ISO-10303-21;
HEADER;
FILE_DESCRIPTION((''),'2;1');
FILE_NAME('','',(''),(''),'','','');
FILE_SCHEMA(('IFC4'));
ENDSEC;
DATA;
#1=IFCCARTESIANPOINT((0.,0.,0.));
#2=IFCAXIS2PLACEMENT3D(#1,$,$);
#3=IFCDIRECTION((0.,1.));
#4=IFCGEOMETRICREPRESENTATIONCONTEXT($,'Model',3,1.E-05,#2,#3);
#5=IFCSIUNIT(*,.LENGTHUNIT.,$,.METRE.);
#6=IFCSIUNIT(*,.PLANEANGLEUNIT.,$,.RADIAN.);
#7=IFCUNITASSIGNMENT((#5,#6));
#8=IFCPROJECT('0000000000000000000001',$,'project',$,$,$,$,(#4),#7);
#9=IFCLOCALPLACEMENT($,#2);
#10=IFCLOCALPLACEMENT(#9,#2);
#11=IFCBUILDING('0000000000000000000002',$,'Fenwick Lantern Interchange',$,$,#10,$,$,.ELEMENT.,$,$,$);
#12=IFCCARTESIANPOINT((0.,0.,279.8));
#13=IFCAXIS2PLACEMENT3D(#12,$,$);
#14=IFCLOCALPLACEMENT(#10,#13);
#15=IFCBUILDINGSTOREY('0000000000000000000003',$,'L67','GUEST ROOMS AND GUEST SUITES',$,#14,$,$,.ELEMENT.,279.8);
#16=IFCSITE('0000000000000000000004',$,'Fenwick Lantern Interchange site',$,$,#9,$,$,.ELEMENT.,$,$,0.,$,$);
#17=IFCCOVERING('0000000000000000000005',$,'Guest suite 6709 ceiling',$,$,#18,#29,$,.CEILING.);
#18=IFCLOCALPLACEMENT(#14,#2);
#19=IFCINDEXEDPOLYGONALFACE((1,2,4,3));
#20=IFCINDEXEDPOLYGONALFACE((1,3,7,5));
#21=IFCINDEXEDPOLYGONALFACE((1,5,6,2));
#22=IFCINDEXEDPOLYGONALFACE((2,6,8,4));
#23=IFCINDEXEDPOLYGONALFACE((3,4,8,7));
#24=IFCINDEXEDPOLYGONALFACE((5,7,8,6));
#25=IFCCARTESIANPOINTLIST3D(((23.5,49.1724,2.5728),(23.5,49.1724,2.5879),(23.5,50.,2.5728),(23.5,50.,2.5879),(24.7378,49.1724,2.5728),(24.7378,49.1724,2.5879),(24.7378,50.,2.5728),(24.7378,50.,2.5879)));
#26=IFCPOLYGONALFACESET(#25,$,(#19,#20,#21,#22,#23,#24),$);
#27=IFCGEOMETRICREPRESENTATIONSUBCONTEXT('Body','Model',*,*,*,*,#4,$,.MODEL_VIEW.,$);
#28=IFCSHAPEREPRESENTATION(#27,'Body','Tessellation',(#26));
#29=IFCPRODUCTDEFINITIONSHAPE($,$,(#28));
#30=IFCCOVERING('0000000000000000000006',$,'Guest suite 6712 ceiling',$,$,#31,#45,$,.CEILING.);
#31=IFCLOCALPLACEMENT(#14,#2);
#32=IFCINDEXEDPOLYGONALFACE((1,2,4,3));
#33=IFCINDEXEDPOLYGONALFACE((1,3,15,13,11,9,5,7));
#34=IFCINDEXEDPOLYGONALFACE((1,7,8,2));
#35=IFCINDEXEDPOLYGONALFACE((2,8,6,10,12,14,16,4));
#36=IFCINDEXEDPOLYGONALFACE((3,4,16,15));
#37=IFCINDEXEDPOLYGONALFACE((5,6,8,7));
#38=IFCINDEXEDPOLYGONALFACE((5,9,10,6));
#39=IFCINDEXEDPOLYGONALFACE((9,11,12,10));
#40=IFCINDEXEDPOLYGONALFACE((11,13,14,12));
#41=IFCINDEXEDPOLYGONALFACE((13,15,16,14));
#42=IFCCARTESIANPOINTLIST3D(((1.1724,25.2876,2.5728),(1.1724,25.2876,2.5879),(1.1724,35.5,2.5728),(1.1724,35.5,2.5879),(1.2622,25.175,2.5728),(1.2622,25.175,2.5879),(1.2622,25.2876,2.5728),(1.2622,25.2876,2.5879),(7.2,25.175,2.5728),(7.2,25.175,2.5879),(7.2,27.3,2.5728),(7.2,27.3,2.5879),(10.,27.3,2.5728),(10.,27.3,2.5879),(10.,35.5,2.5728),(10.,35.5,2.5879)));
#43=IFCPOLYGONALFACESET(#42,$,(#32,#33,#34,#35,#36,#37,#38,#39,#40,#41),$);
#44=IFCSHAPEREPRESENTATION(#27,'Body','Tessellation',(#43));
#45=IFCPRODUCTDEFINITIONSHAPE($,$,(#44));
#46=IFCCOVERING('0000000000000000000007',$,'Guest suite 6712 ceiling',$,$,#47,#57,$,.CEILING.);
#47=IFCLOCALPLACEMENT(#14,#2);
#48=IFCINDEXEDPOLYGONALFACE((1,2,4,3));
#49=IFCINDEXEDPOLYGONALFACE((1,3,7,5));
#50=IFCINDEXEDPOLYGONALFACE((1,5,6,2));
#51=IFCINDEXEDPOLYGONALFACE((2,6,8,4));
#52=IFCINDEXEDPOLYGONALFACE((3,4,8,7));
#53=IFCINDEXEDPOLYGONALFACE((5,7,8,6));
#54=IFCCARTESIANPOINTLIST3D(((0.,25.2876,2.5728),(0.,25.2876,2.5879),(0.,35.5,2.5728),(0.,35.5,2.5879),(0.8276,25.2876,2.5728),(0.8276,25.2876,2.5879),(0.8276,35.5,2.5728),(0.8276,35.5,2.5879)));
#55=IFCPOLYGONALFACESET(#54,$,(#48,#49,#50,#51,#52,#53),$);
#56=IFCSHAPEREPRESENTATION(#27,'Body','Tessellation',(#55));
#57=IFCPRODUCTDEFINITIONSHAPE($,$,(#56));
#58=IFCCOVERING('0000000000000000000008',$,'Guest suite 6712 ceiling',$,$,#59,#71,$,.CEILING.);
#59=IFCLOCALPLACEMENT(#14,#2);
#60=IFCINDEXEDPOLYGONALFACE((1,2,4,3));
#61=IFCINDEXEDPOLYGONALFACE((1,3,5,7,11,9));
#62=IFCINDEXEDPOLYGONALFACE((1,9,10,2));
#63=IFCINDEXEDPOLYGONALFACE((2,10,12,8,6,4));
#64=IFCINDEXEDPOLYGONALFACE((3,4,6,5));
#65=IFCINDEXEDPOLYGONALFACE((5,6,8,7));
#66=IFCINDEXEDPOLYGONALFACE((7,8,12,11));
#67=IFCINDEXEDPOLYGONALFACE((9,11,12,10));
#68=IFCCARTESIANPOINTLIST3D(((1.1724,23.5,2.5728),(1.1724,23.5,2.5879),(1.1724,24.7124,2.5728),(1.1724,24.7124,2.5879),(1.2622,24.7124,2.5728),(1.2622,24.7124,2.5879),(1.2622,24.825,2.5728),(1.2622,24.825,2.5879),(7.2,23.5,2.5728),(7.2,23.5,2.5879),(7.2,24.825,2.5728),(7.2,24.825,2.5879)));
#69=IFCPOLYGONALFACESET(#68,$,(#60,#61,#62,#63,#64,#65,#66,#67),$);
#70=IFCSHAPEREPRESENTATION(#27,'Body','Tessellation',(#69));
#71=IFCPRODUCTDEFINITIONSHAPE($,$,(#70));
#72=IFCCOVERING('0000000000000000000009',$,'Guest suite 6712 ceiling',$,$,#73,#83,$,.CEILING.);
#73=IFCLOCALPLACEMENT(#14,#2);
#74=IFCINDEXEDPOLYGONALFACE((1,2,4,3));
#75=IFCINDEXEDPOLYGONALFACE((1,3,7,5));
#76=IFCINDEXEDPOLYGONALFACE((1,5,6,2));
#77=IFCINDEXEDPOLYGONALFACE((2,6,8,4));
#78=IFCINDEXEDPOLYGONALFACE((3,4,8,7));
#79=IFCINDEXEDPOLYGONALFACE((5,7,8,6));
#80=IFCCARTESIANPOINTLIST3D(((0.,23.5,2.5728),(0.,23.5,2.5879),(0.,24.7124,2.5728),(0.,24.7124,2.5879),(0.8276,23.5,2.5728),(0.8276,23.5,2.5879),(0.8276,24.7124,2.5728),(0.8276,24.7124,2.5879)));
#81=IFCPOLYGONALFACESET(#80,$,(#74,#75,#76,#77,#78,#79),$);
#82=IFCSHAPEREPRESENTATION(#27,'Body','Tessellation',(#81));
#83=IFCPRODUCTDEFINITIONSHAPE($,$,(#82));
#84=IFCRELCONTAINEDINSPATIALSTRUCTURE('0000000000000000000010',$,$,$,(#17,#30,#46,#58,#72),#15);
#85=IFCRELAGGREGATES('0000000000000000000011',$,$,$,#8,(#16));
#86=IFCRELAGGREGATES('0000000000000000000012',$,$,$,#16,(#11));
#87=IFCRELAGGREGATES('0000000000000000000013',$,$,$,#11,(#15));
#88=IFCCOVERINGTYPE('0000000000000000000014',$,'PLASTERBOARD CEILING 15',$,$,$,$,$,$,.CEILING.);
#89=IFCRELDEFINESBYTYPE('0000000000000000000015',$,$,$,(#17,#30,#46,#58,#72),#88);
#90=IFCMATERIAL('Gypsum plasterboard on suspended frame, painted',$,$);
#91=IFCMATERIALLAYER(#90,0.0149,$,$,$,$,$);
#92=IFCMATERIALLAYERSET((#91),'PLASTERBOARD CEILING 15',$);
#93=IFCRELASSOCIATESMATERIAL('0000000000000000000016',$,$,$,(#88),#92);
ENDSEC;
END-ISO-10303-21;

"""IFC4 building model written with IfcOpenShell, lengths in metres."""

from ifc_helpers import new_model, si_unit, direction, frame, origin, place, context, subcontext, project, spatial, polyline, outline, extrude, material, layer, layer_set, type_object, element, save


model = new_model("IFC4")

# Units and contexts
model_context = context("Model", 3, precision=1e-05, world=origin(), true_north=direction((0.0, 1.0)))
body_context = subcontext(model_context, "Body", "Model", "MODEL_VIEW")
ifc_project = project(units=[si_unit("LENGTHUNIT", "METRE"), si_unit("PLANEANGLEUNIT", "RADIAN")], contexts=[model_context])

# Site, building, storey
site_placement = place(None, origin())
site = spatial("IfcSite", under=ifc_project, at=site_placement, Name="Fenwick Lantern Interchange site", CompositionType="ELEMENT", RefElevation=0.0)
building_placement = place(site_placement, origin())
building = spatial("IfcBuilding", under=site, at=building_placement, Name="Fenwick Lantern Interchange", CompositionType="ELEMENT")
storey_placement = place(building_placement, frame((0.0, 0.0, 279.8)))
storey = spatial("IfcBuildingStorey", under=building, at=storey_placement, Name="L67", Description="GUEST ROOMS AND GUEST SUITES", CompositionType="ELEMENT", Elevation=279.8)

# Coverings
ifc_material_1 = material(Name="Gypsum plasterboard on suspended frame, painted")
ifc_layer_1 = layer(ifc_material_1, 0.0149)
ifc_layer_set_1 = layer_set([ifc_layer_1], Name="PLASTERBOARD CEILING 15")
covering_type_1 = type_object("IfcCoveringType", Name="PLASTERBOARD CEILING 15", PredefinedType="CEILING", material=ifc_layer_set_1)
covering_1_placement = place(storey_placement, frame((0.0, 0.0, 2.5728)))
element("IfcCovering", 1, at=covering_1_placement, inside=storey, type_object=covering_type_1, Name="Guest suite 6709 ceiling", PredefinedType="CEILING", context=body_context, shape_type="SweptSolid", body=[
    extrude(outline(polyline([(24.7378, 49.1724), (24.7378, 50.0), (23.5, 50.0), (23.5, 49.1724), (24.7378, 49.1724)])), origin(), (0.0, 0.0, 1.0), 0.0151),
])
covering_2_placement = place(storey_placement, frame((0.0, 0.0, 2.5728)))
element("IfcCovering", 2, at=covering_2_placement, inside=storey, type_object=covering_type_1, Name="Guest suite 6712 ceiling", PredefinedType="CEILING", context=body_context, shape_type="SweptSolid", body=[
    extrude(outline(polyline([(1.2622, 25.2876), (1.2622, 25.175), (7.2, 25.175), (7.2, 27.3), (10.0, 27.3), (10.0, 35.5), (1.1724, 35.5), (1.1724, 25.2876), (1.2622, 25.2876)])), origin(), (0.0, 0.0, 1.0), 0.0151),
])
covering_3_placement = place(storey_placement, frame((0.0, 0.0, 2.5728)))
element("IfcCovering", 3, at=covering_3_placement, inside=storey, type_object=covering_type_1, Name="Guest suite 6712 ceiling", PredefinedType="CEILING", context=body_context, shape_type="SweptSolid", body=[
    extrude(outline(polyline([(0.0, 25.2876), (0.8276, 25.2876), (0.8276, 35.5), (0.0, 35.5), (0.0, 25.2876)])), origin(), (0.0, 0.0, 1.0), 0.0151),
])
covering_4_placement = place(storey_placement, frame((0.0, 0.0, 2.5728)))
element("IfcCovering", 4, at=covering_4_placement, inside=storey, type_object=covering_type_1, Name="Guest suite 6712 ceiling", PredefinedType="CEILING", context=body_context, shape_type="SweptSolid", body=[
    extrude(outline(polyline([(1.2622, 24.7124), (1.1724, 24.7124), (1.1724, 23.5), (7.2, 23.5), (7.2, 24.825), (1.2622, 24.825), (1.2622, 24.7124)])), origin(), (0.0, 0.0, 1.0), 0.0151),
])
covering_5_placement = place(storey_placement, frame((0.0, 0.0, 2.5728)))
element("IfcCovering", 5, at=covering_5_placement, inside=storey, type_object=covering_type_1, Name="Guest suite 6712 ceiling", PredefinedType="CEILING", context=body_context, shape_type="SweptSolid", body=[
    extrude(outline(polyline([(0.8276, 24.7124), (0.0, 24.7124), (0.0, 23.5), (0.8276, 23.5), (0.8276, 24.7124)])), origin(), (0.0, 0.0, 1.0), 0.0151),
])

save(model, "model.ifc")
